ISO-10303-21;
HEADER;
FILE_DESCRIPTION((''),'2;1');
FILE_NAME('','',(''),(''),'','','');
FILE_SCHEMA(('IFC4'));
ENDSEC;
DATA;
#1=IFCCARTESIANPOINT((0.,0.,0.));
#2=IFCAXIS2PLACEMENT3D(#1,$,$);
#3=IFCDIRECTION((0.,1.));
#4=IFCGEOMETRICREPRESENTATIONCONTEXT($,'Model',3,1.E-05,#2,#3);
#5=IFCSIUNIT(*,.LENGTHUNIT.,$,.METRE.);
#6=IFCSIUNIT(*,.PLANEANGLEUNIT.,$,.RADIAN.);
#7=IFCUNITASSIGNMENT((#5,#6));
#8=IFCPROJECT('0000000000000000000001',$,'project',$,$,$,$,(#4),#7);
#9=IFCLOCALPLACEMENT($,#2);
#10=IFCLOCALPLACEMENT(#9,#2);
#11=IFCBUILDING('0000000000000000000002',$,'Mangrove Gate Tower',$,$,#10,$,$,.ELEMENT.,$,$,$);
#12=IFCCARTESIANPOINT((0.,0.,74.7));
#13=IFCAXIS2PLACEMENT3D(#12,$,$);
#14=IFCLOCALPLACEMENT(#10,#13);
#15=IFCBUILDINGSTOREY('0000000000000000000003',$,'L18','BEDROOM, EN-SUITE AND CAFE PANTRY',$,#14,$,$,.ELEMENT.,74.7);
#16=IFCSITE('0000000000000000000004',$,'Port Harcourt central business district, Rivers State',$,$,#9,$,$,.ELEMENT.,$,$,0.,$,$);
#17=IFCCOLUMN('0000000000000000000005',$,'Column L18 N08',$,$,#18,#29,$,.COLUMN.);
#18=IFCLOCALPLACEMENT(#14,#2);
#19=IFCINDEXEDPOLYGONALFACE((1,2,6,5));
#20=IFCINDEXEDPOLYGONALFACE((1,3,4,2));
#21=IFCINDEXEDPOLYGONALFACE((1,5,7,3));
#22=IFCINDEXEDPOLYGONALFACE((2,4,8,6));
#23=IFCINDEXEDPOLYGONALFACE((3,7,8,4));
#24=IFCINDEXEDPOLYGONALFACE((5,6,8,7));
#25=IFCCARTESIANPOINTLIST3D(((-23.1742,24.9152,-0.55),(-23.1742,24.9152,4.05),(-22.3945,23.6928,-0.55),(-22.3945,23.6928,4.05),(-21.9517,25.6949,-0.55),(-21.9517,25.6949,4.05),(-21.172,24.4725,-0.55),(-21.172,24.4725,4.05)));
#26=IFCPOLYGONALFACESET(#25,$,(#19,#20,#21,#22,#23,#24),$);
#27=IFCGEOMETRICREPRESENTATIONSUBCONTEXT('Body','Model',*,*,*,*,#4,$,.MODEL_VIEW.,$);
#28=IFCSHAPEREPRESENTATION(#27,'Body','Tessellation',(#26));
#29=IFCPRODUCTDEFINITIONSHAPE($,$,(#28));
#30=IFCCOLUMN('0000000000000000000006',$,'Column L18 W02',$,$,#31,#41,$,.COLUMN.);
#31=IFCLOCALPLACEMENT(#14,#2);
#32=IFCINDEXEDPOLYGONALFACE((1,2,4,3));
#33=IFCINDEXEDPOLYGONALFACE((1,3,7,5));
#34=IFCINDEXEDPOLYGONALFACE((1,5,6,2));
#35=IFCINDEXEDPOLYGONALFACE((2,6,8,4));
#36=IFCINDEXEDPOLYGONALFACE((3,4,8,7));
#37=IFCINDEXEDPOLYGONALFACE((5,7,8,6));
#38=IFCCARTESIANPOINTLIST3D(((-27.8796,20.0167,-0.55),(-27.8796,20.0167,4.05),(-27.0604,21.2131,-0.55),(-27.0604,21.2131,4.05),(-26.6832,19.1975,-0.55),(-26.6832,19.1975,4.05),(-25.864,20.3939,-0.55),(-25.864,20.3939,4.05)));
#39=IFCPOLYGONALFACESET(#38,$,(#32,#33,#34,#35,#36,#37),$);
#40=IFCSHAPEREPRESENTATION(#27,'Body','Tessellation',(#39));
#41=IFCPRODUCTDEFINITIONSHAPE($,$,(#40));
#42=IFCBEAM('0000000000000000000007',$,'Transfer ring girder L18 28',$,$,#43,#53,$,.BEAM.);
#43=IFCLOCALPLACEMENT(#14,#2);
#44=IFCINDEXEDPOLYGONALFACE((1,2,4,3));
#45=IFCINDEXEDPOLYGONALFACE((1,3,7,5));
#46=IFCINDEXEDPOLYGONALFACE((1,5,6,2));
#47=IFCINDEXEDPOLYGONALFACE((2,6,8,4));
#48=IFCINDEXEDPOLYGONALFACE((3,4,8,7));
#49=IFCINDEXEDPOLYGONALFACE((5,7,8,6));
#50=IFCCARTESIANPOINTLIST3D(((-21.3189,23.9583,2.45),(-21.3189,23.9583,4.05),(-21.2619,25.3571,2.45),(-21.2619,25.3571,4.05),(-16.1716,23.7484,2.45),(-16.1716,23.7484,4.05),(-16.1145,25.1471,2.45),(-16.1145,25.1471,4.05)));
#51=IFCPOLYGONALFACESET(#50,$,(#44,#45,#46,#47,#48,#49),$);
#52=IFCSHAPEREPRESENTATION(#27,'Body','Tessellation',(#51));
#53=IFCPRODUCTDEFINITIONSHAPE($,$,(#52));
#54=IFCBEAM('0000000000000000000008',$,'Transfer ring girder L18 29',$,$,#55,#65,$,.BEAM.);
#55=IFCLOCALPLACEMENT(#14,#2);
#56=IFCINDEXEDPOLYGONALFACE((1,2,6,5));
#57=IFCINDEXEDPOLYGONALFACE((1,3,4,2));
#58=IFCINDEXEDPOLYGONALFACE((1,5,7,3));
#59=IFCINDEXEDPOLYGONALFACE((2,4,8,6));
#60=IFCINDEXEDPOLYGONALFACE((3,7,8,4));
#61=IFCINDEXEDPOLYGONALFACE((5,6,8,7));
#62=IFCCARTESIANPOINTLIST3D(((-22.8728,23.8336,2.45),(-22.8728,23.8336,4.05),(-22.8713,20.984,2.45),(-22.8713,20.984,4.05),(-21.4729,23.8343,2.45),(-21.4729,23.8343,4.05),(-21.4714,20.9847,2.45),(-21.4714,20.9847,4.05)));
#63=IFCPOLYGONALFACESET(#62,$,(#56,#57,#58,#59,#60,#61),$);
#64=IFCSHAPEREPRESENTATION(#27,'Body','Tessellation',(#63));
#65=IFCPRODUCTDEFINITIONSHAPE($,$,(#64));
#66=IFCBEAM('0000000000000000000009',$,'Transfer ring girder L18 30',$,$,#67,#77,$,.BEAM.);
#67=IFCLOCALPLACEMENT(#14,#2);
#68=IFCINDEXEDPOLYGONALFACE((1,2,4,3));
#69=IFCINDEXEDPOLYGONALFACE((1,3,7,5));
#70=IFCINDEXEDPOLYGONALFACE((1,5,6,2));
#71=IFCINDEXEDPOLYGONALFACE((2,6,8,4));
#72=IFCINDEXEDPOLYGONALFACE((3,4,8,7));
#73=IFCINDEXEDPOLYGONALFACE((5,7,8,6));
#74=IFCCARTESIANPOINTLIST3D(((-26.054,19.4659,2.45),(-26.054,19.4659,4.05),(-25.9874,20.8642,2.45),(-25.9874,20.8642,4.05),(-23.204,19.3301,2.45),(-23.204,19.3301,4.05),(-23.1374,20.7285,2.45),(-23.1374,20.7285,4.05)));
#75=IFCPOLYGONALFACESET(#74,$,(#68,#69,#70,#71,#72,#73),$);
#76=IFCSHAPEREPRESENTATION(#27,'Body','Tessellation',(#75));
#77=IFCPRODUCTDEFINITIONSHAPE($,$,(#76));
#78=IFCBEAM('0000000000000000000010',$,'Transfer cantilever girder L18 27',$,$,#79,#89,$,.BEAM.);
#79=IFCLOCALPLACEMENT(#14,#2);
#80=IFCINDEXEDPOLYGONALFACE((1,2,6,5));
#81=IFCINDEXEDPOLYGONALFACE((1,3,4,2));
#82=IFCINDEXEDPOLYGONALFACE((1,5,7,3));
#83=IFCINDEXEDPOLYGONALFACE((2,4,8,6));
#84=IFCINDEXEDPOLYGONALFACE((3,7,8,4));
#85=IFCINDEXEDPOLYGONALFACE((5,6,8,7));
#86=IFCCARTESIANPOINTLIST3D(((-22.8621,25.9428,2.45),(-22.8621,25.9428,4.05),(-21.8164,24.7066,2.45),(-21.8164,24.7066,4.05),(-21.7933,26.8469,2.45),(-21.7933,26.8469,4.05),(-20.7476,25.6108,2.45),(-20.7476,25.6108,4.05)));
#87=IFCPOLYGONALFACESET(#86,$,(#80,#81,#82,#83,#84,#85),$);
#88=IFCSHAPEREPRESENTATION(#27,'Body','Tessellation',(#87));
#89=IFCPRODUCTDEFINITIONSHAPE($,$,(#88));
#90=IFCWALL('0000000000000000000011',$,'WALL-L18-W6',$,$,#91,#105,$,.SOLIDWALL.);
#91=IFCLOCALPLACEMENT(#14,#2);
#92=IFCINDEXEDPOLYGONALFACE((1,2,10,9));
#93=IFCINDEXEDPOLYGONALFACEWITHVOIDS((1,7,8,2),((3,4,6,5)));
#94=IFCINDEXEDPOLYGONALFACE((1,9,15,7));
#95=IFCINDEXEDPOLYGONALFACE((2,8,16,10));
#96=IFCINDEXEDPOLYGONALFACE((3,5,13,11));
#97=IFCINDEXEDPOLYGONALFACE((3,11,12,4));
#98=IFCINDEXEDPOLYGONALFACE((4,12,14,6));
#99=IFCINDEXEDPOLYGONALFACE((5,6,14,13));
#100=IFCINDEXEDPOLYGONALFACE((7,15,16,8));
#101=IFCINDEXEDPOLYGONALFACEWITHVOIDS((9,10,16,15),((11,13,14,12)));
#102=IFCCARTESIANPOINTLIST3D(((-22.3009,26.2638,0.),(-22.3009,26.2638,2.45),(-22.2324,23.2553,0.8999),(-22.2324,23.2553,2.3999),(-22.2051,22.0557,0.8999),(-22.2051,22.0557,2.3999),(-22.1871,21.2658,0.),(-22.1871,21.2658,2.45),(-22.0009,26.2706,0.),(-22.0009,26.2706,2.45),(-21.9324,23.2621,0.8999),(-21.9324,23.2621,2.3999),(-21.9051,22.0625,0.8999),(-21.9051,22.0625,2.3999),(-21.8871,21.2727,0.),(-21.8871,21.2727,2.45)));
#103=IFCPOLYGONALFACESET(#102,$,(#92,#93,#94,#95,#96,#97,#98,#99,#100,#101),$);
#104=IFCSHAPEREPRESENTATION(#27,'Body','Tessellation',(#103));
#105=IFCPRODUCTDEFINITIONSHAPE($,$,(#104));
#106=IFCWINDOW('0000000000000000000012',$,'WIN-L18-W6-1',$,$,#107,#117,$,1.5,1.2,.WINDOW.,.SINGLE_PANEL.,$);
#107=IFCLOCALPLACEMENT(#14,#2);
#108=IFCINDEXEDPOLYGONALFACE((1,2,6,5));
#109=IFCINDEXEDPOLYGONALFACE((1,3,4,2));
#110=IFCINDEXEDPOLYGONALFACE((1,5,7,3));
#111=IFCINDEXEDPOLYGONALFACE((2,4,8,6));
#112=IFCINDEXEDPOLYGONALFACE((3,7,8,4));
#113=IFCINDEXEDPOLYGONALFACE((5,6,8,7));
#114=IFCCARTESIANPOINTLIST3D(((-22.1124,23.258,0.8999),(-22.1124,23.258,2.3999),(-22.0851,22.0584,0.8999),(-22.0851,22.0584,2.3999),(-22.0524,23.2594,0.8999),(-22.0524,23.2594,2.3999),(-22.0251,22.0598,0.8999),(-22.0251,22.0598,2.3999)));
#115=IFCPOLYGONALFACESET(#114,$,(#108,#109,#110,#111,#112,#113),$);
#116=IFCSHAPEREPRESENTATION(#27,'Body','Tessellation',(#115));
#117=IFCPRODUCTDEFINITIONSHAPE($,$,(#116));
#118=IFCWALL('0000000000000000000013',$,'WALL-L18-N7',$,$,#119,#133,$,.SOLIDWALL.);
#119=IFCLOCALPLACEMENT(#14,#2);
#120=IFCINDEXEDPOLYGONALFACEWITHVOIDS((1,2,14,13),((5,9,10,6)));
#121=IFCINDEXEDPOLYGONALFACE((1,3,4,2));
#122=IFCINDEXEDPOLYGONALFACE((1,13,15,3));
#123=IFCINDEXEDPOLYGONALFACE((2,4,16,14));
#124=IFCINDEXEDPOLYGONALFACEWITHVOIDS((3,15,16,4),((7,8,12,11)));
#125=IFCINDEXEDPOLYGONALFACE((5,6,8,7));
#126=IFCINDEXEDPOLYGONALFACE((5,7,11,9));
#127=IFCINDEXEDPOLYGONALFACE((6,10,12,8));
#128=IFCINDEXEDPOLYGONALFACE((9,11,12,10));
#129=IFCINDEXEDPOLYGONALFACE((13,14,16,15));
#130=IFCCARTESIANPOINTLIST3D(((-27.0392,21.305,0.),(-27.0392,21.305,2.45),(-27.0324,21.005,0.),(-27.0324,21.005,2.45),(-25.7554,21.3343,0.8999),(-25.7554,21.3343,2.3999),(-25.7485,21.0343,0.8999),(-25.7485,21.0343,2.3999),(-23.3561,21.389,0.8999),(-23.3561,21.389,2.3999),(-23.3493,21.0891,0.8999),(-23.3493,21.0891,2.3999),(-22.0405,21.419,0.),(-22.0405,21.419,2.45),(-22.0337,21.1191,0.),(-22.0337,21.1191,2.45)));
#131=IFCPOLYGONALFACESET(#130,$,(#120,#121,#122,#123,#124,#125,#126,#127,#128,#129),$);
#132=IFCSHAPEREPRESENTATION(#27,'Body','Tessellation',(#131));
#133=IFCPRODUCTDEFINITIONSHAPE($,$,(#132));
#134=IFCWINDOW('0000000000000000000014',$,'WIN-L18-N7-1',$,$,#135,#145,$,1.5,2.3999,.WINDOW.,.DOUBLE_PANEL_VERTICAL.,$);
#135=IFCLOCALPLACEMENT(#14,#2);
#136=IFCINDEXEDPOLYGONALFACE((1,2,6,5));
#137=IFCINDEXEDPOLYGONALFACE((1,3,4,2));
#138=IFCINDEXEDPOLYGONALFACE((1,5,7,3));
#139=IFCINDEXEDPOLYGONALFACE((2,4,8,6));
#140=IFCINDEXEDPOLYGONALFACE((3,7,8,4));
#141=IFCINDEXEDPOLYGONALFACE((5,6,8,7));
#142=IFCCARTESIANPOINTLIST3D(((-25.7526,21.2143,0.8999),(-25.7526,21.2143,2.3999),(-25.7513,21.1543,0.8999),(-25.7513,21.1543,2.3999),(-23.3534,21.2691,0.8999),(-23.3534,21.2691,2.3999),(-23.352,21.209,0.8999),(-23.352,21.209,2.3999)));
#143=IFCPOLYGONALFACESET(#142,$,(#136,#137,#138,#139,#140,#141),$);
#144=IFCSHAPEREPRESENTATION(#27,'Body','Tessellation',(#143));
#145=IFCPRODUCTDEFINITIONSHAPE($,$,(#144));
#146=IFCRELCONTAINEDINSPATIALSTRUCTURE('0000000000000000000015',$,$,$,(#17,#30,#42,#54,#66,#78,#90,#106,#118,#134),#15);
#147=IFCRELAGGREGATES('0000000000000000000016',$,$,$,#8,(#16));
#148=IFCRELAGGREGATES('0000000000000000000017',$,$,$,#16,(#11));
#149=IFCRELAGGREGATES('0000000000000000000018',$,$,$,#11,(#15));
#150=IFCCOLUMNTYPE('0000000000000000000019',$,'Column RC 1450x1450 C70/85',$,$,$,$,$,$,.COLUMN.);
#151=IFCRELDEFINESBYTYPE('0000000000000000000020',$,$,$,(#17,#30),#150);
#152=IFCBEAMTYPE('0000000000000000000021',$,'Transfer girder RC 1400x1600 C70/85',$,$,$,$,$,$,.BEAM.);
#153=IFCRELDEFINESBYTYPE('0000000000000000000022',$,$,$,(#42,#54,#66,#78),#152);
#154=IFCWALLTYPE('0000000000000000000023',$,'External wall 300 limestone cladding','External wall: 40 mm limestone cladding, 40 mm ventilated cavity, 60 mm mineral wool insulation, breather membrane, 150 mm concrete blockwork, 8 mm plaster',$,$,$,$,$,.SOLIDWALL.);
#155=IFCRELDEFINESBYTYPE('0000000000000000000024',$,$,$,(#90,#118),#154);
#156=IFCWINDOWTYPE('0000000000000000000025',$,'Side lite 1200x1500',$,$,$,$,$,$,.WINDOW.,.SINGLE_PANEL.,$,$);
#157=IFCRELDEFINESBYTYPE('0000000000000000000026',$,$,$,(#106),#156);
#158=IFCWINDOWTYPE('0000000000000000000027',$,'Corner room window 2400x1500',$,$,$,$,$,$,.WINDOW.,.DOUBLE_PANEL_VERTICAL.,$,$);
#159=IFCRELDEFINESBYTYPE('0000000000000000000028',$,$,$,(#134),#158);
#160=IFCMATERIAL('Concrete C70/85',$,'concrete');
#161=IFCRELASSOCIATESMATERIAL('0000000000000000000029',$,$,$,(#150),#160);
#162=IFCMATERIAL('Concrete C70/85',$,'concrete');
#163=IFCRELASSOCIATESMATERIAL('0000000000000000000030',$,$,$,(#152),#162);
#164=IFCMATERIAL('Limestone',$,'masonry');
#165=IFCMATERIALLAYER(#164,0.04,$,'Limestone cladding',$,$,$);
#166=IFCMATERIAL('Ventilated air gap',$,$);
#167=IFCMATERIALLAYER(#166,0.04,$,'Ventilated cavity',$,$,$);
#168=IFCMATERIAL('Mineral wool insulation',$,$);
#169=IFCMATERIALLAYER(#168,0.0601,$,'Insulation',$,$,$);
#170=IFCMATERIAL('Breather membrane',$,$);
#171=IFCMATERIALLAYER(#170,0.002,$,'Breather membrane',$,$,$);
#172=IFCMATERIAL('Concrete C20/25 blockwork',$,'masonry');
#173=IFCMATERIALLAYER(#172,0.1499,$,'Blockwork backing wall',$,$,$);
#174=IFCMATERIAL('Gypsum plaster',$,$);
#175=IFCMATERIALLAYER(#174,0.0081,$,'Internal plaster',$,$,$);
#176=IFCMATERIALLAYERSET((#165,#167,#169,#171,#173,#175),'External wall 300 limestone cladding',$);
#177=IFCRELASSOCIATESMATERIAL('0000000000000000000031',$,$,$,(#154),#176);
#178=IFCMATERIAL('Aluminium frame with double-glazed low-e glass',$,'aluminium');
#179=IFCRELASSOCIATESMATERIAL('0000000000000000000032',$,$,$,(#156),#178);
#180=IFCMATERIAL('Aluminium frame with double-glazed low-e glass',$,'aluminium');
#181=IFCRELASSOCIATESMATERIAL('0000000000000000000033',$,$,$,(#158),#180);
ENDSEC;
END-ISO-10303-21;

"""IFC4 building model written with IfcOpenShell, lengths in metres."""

from ifc_helpers import new_model, si_unit, direction, frame, frame_2d, origin, origin_2d, place, context, subcontext, project, spatial, rectangle, extrude, material, layer, layer_set, material_profile, profile_set, type_object, element, fill, save


model = new_model("IFC4")

# Units and contexts
model_context = context("Model", 3, precision=1e-05, world=origin(), true_north=direction((0.0, 1.0)))
body_context = subcontext(model_context, "Body", "Model", "MODEL_VIEW")
ifc_project = project(units=[si_unit("LENGTHUNIT", "METRE"), si_unit("PLANEANGLEUNIT", "RADIAN")], contexts=[model_context])

# Site, building, storey
site_placement = place(None, origin())
site = spatial("IfcSite", under=ifc_project, at=site_placement, Name="Port Harcourt central business district, Rivers State", CompositionType="ELEMENT", RefElevation=0.0)
building_placement = place(site_placement, origin())
building = spatial("IfcBuilding", under=site, at=building_placement, Name="Mangrove Gate Tower", CompositionType="ELEMENT")
storey_placement = place(building_placement, frame((0.0, 0.0, 74.7)))
storey = spatial("IfcBuildingStorey", under=building, at=storey_placement, Name="L18", Description="BEDROOM, EN-SUITE AND CAFE PANTRY", CompositionType="ELEMENT", Elevation=74.7)

# Columns
ifc_material_1 = material(Name="Concrete C70/85", Category="concrete")
ifc_material_profile_1 = material_profile(ifc_material_1, rectangle(XDim=1.45, YDim=1.45, at=origin_2d()))
ifc_profile_set_1 = profile_set([ifc_material_profile_1], Name="Concrete C70/85")
column_type = type_object("IfcColumnType", Name="Column RC 1450x1450 C70/85", PredefinedType="COLUMN", material=ifc_profile_set_1)
for number, where, z_axis, x_axis, name in (
    (1, (-22.1731, 24.6938, -0.55), (0.0, 0.0, 1.0), (-0.843102, -0.537753, 0.0), "Column L18 N08"),
    (2, (-26.8718, 20.2053, -0.55), (0.0, 0.0, 1.0), (-0.564978, -0.825106, 0.0), "Column L18 W02"),
):
    element("IfcColumn", number, at=place(storey_placement, frame(where, z_axis=z_axis, x_axis=x_axis)), inside=storey, type_object=column_type, Name=name, PredefinedType="COLUMN", context=body_context, shape_type="SweptSolid", body=[
        extrude(rectangle(XDim=1.45, YDim=1.45, at=origin_2d()), origin(), (0.0, 0.0, 1.0), 4.6001),
    ])

# Beams
ifc_material_2 = material(Name="Concrete C70/85", Category="concrete")
ifc_material_profile_2 = material_profile(ifc_material_2, rectangle(XDim=1.3999, YDim=1.6001, at=origin_2d()))
ifc_profile_set_2 = profile_set([ifc_material_profile_2], Name="Concrete C70/85")
beam_type = type_object("IfcBeamType", Name="Transfer girder RC 1400x1600 C70/85", PredefinedType="BEAM", material=ifc_profile_set_2)
beam_1_placement = place(storey_placement, frame((-16.1431, 24.4478, 3.25), z_axis=(-0.999169, 0.040757, 0.0), x_axis=(-0.040757, -0.999169, 0.0)))
element("IfcBeam", 3, at=beam_1_placement, inside=storey, type_object=beam_type, Name="Transfer ring girder L18 28", PredefinedType="BEAM", context=body_context, shape_type="SweptSolid", body=[
    extrude(rectangle(XDim=1.3999, YDim=1.6001, at=origin_2d()), origin(), (0.0, 0.0, 1.0), 5.1516),
])
beam_2_placement = place(storey_placement, frame((-22.1729, 23.834, 3.25), z_axis=(0.000514, -1.0, 0.0), x_axis=(1.0, 0.000514, 0.0)))
element("IfcBeam", 4, at=beam_2_placement, inside=storey, type_object=beam_type, Name="Transfer ring girder L18 29", PredefinedType="BEAM", context=body_context, shape_type="SweptSolid", body=[
    extrude(rectangle(XDim=1.3999, YDim=1.6001, at=origin_2d()), origin(), (0.0, 0.0, 1.0), 2.8496),
])
beam_3_placement = place(storey_placement, frame((-23.1707, 20.0293, 3.25), z_axis=(-0.998868, 0.047573, 0.0), x_axis=(-0.047573, -0.998868, 0.0)))
element("IfcBeam", 5, at=beam_3_placement, inside=storey, type_object=beam_type, Name="Transfer ring girder L18 30", PredefinedType="BEAM", context=body_context, shape_type="SweptSolid", body=[
    extrude(rectangle(XDim=1.3999, YDim=1.6001, at=origin_2d()), origin(), (0.0, 0.0, 1.0), 2.8533),
])
beam_4_placement = place(storey_placement, frame((-21.282, 25.1587, 3.25), z_axis=(-0.645848, 0.763466, 0.0), x_axis=(-0.763466, -0.645848, 0.0)))
element("IfcBeam", 6, at=beam_4_placement, inside=storey, type_object=beam_type, Name="Transfer cantilever girder L18 27", PredefinedType="BEAM", context=body_context, shape_type="SweptSolid", body=[
    extrude(rectangle(XDim=1.3999, YDim=1.6001, at=origin_2d()), origin(), (0.0, 0.0, 1.0), 1.6191),
])

# Walls, openings, windows
ifc_material_3 = material(Name="Limestone", Category="masonry")
ifc_layer_1 = layer(ifc_material_3, 0.04, Name="Limestone cladding")
ifc_material_4 = material(Name="Ventilated air gap")
ifc_layer_2 = layer(ifc_material_4, 0.04, Name="Ventilated cavity")
ifc_material_5 = material(Name="Mineral wool insulation")
ifc_layer_3 = layer(ifc_material_5, 0.0601, Name="Insulation")
ifc_material_6 = material(Name="Breather membrane")
ifc_layer_4 = layer(ifc_material_6, 0.002, Name="Breather membrane")
ifc_material_7 = material(Name="Concrete C20/25 blockwork", Category="masonry")
ifc_layer_5 = layer(ifc_material_7, 0.1499, Name="Blockwork backing wall")
ifc_material_8 = material(Name="Gypsum plaster")
ifc_layer_6 = layer(ifc_material_8, 0.0081, Name="Internal plaster")
ifc_layer_set_1 = layer_set([ifc_layer_1, ifc_layer_2, ifc_layer_3, ifc_layer_4, ifc_layer_5, ifc_layer_6], Name="External wall 300 limestone cladding")
wall_type = type_object("IfcWallType", Name="External wall 300 limestone cladding", Description="External wall: 40 mm limestone cladding, 40 mm ventilated cavity, 60 mm mineral wool insulation, breather membrane, 150 mm concrete blockwork, 8 mm plaster", PredefinedType="SOLIDWALL", material=ifc_layer_set_1)
wall_1_placement = place(storey_placement, frame((-22.1509, 26.2671, 0.0), z_axis=(0.0, 0.0, 1.0), x_axis=(0.022757, -0.999741, 0.0)))
wall_1 = element("IfcWall", 7, at=wall_1_placement, inside=storey, type_object=wall_type, Name="WALL-L18-W6", PredefinedType="SOLIDWALL", context=body_context, shape_type="SweptSolid", body=[
    extrude(rectangle(XDim=4.9993, YDim=0.3, at=frame_2d((2.4995, 0.0))), origin(), (0.0, 0.0, 1.0), 2.45),
])
opening_1_placement = place(wall_1_placement, frame((3.009, 0.0, 0.8999)))
opening_1 = element("IfcOpeningElement", 8, at=opening_1_placement, cuts=wall_1, PredefinedType="OPENING", context=body_context, shape_type="SweptSolid", body=[
    extrude(rectangle(XDim=1.2, YDim=1.5, at=frame_2d((0.6001, 0.75))), frame((0.0, 0.1599, 0.0), z_axis=(0.0, -1.0, 0.0), x_axis=(1.0, 0.0, 0.0)), (0.0, 0.0, 1.0), 0.3201),
])
ifc_material_9 = material(Name="Aluminium frame with double-glazed low-e glass", Category="aluminium")
window_type_1 = type_object("IfcWindowType", Name="Side lite 1200x1500", PartitioningType="SINGLE_PANEL", PredefinedType="WINDOW", material=ifc_material_9)
window_1_placement = place(opening_1_placement, origin())
window_1 = element("IfcWindow", 9, at=window_1_placement, inside=storey, type_object=window_type_1, Name="WIN-L18-W6-1", OverallHeight=1.5, OverallWidth=1.2, PartitioningType="SINGLE_PANEL", PredefinedType="WINDOW", context=body_context, shape_type="SweptSolid", body=[
    extrude(rectangle(XDim=1.2, YDim=1.5, at=frame_2d((0.6001, 0.75))), frame((0.0, 0.03, 0.0), z_axis=(0.0, -1.0, 0.0), x_axis=(1.0, 0.0, 0.0)), (0.0, 0.0, 1.0), 0.0601),
])
fill(opening_1, window_1)
wall_2_placement = place(storey_placement, frame((-22.0371, 21.269, 0.0), z_axis=(0.0, 0.0, 1.0), x_axis=(-0.99974, -0.022802, 0.0)))
wall_2 = element("IfcWall", 10, at=wall_2_placement, inside=storey, type_object=wall_type, Name="WALL-L18-N7", PredefinedType="SOLIDWALL", context=body_context, shape_type="SweptSolid", body=[
    extrude(rectangle(XDim=5.0, YDim=0.3, at=frame_2d((2.5, 0.0))), origin(), (0.0, 0.0, 1.0), 2.45),
])
opening_2_placement = place(wall_2_placement, frame((1.3159, 0.0, 0.8999)))
opening_2 = element("IfcOpeningElement", 11, at=opening_2_placement, cuts=wall_2, PredefinedType="OPENING", context=body_context, shape_type="SweptSolid", body=[
    extrude(rectangle(XDim=2.3999, YDim=1.5, at=frame_2d((1.2, 0.75))), frame((0.0, 0.1599, 0.0), z_axis=(0.0, -1.0, 0.0), x_axis=(1.0, 0.0, 0.0)), (0.0, 0.0, 1.0), 0.3201),
])
ifc_material_10 = material(Name="Aluminium frame with double-glazed low-e glass", Category="aluminium")
window_type_2 = type_object("IfcWindowType", Name="Corner room window 2400x1500", PartitioningType="DOUBLE_PANEL_VERTICAL", PredefinedType="WINDOW", material=ifc_material_10)
window_2_placement = place(opening_2_placement, origin())
window_2 = element("IfcWindow", 12, at=window_2_placement, inside=storey, type_object=window_type_2, Name="WIN-L18-N7-1", OverallHeight=1.5, OverallWidth=2.3999, PartitioningType="DOUBLE_PANEL_VERTICAL", PredefinedType="WINDOW", context=body_context, shape_type="SweptSolid", body=[
    extrude(rectangle(XDim=2.3999, YDim=1.5, at=frame_2d((1.2, 0.75))), frame((0.0, 0.03, 0.0), z_axis=(0.0, -1.0, 0.0), x_axis=(1.0, 0.0, 0.0)), (0.0, 0.0, 1.0), 0.0601),
])
fill(opening_2, window_2)

save(model, "model.ifc")
